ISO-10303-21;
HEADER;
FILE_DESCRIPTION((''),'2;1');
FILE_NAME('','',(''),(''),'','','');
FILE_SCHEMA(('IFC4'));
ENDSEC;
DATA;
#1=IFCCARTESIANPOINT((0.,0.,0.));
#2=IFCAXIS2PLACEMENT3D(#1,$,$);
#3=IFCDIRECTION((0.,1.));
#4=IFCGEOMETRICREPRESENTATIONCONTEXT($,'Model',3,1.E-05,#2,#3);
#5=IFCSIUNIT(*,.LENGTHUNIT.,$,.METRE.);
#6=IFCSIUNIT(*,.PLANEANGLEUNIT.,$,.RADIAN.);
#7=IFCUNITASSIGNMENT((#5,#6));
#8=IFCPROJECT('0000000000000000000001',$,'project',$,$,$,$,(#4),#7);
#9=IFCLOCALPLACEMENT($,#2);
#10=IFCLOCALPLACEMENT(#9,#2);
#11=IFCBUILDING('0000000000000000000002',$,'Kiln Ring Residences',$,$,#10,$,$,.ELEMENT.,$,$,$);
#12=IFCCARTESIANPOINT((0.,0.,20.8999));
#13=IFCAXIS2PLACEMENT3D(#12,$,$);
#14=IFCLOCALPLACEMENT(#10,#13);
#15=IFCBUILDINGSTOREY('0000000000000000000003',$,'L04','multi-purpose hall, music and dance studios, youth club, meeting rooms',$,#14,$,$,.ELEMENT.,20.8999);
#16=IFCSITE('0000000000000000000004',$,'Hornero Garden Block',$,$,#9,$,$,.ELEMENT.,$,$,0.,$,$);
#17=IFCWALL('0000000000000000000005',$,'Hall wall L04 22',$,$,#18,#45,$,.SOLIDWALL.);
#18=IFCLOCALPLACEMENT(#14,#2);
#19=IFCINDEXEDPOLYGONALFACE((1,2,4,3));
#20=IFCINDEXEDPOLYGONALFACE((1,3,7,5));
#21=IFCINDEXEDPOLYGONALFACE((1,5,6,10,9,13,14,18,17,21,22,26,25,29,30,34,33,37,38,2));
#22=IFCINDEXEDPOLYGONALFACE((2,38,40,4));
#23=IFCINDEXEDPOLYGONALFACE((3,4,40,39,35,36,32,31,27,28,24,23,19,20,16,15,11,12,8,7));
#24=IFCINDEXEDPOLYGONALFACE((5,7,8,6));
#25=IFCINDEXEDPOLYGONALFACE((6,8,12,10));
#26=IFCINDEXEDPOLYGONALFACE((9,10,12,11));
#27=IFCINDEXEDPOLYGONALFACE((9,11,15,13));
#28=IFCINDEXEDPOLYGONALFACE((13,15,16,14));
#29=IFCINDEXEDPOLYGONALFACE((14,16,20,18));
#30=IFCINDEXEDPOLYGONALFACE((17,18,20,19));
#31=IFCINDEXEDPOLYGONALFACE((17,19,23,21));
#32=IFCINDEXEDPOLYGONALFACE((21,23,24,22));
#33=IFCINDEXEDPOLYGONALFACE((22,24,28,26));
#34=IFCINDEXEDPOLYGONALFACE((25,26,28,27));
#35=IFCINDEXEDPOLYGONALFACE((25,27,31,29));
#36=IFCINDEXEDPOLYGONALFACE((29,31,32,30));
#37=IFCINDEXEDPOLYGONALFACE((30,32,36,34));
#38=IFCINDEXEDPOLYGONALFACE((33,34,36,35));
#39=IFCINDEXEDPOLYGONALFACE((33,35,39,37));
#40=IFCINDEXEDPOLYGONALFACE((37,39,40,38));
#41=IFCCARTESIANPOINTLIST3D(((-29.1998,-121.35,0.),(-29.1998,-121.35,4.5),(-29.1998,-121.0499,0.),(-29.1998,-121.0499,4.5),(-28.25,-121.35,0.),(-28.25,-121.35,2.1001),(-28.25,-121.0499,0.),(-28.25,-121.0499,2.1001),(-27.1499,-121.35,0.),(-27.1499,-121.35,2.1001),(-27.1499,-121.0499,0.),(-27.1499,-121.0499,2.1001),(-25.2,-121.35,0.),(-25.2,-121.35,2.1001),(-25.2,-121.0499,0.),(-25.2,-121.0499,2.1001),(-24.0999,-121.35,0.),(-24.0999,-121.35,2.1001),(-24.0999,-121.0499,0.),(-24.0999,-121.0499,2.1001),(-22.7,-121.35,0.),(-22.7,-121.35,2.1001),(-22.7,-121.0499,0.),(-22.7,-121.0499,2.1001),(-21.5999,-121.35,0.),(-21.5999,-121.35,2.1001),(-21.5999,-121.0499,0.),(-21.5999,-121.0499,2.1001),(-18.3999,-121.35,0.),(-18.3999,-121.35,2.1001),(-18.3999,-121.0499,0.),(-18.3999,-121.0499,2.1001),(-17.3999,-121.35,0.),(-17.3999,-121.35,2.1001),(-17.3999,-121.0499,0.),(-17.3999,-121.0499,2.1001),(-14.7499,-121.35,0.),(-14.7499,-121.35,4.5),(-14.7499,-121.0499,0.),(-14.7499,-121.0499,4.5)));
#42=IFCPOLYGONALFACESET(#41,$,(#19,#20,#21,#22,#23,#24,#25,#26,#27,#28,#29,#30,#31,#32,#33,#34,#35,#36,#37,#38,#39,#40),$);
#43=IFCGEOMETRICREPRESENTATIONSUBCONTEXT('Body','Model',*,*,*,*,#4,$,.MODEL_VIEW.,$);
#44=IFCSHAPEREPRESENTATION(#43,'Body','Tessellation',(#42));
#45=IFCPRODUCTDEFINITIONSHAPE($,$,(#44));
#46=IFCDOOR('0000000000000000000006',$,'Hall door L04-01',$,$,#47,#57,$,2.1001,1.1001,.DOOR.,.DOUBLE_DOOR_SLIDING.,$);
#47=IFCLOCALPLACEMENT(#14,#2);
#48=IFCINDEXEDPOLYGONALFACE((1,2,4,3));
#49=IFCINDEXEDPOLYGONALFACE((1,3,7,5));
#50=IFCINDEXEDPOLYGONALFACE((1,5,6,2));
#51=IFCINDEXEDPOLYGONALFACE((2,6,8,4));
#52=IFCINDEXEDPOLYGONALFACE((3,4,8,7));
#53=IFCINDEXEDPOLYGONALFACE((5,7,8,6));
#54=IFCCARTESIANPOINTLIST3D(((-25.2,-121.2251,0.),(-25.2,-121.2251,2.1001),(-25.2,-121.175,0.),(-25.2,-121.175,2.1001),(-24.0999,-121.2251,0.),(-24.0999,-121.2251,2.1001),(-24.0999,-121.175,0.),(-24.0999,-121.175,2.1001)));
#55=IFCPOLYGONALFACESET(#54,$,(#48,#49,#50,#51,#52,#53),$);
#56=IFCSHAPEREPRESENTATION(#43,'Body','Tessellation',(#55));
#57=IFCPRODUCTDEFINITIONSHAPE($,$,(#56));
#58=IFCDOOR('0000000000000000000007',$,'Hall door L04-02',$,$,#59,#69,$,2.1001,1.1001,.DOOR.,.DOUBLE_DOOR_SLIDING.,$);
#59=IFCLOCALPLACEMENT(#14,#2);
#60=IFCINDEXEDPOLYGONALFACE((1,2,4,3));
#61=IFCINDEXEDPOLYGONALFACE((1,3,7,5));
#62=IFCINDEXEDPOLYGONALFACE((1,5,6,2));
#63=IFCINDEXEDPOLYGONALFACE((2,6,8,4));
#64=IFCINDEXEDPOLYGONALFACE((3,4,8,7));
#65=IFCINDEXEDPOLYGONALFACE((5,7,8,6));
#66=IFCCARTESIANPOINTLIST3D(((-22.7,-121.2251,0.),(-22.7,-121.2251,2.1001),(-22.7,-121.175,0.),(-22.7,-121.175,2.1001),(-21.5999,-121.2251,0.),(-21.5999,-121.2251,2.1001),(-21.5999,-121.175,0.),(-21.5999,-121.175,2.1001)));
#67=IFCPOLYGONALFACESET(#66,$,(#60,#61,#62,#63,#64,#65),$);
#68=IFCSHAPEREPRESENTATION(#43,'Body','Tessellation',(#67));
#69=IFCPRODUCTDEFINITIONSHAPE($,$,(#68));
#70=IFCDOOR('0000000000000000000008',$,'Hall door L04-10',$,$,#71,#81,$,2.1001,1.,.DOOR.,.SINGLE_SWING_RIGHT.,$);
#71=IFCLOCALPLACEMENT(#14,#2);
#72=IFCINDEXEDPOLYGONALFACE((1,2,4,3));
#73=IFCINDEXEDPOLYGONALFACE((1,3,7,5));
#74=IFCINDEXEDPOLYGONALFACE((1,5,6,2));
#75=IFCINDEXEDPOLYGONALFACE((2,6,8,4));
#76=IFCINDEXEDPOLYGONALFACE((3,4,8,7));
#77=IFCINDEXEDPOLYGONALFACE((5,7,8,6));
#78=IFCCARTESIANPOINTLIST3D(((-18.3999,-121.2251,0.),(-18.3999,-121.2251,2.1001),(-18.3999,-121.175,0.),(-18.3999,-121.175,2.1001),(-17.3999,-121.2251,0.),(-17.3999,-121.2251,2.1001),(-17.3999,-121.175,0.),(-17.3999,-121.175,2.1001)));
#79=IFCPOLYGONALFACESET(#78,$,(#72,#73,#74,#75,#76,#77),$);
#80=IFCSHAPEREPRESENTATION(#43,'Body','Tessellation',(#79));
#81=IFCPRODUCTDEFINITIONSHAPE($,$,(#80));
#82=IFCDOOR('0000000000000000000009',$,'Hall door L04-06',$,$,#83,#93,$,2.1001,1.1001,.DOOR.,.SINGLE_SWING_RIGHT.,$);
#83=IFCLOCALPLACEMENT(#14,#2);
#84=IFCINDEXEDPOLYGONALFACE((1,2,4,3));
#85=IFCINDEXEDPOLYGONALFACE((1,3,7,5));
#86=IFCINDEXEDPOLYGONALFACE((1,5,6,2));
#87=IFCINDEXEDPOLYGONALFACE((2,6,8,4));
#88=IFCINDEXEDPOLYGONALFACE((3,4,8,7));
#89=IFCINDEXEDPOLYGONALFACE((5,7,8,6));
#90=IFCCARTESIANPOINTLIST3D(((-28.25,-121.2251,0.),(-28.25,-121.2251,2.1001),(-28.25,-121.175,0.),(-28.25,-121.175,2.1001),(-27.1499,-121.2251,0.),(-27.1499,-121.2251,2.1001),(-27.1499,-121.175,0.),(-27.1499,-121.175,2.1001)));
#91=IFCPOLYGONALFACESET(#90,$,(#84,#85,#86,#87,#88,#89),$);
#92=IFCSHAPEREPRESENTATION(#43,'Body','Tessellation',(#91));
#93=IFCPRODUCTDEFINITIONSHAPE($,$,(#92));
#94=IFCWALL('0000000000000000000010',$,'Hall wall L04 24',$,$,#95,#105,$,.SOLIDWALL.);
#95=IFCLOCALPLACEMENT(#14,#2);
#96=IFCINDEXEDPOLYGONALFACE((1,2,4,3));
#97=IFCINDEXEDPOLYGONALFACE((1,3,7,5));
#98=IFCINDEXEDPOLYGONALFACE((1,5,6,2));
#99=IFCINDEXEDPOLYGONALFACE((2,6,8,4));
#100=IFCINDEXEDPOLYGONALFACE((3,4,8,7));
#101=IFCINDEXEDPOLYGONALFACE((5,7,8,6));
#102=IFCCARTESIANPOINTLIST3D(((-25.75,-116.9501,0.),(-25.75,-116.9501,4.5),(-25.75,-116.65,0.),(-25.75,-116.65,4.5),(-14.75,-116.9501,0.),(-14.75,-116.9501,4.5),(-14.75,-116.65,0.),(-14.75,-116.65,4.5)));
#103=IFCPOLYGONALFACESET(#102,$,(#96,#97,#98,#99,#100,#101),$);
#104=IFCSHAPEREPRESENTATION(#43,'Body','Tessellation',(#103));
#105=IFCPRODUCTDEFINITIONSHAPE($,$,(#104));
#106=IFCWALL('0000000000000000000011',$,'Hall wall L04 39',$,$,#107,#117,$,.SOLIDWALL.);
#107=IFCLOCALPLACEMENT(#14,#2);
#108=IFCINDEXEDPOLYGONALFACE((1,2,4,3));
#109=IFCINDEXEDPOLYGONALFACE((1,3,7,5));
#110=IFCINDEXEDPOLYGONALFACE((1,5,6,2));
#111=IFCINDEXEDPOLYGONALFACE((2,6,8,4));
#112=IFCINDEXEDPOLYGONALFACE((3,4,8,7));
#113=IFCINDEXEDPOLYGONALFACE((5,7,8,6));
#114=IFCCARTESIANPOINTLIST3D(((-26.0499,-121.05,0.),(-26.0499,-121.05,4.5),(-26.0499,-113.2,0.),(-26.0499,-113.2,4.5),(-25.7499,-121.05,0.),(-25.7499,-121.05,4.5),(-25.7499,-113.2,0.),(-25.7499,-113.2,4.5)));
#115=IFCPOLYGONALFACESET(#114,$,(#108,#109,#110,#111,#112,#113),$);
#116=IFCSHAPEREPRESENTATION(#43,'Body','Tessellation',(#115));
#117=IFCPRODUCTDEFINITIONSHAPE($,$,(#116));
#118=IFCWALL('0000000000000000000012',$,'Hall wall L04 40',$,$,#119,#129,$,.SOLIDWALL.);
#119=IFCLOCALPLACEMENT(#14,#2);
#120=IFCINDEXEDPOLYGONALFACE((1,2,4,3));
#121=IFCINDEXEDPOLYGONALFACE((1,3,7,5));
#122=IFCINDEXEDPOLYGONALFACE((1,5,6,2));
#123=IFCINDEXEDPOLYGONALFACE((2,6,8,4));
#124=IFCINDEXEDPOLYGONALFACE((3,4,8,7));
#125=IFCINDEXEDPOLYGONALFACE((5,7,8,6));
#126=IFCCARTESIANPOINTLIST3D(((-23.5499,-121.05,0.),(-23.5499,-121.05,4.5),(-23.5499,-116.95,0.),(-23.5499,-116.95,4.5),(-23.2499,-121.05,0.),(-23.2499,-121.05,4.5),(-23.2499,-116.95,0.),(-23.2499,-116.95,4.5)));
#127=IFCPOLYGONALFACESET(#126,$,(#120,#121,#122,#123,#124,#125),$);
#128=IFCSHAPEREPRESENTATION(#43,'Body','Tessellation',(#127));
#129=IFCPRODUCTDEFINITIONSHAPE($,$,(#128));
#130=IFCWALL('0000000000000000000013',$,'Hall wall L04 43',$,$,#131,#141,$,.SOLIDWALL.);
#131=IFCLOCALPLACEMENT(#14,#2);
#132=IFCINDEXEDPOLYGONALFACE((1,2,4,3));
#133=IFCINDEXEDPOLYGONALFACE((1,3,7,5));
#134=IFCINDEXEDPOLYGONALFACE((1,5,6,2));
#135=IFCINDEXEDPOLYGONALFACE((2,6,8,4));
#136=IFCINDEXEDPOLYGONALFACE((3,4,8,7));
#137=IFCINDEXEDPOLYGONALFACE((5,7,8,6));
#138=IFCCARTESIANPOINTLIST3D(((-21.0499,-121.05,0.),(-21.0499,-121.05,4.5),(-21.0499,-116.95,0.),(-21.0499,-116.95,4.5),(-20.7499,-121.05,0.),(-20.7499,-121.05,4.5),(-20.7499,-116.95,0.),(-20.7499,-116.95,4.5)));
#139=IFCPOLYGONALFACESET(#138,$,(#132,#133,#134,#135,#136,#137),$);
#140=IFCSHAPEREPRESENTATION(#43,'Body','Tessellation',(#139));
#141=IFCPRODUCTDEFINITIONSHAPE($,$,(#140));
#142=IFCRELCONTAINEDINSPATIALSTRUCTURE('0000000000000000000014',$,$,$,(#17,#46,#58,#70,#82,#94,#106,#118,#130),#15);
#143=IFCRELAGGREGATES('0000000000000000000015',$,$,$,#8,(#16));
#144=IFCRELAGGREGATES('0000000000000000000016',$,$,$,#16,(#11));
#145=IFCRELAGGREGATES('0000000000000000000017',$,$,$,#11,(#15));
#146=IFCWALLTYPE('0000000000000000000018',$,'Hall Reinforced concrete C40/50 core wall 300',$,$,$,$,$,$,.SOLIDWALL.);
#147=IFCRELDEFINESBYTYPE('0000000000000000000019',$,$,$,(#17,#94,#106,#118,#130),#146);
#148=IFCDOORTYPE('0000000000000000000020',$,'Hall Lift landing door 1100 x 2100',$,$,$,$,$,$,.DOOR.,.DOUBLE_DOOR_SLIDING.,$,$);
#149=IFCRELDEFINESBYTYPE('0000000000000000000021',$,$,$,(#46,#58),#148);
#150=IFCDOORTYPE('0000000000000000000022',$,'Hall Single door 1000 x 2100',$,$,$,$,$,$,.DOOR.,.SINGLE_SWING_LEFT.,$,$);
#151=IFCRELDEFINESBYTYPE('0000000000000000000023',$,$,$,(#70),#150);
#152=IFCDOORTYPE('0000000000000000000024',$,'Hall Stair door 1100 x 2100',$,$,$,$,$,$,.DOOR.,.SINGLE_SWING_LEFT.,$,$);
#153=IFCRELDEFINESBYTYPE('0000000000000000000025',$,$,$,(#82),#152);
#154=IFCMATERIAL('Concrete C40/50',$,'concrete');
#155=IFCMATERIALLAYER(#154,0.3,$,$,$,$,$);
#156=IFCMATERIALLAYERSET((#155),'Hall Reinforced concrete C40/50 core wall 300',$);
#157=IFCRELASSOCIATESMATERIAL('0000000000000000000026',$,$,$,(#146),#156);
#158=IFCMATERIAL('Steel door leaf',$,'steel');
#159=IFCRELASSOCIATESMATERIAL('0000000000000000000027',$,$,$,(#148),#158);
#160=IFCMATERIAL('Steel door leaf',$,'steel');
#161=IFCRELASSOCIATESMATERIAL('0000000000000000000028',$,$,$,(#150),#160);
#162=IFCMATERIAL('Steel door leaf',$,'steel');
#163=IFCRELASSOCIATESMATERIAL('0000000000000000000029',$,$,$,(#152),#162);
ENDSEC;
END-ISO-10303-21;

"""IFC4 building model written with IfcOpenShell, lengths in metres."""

from ifc_helpers import new_model, si_unit, direction, frame, frame_2d, origin, place, context, subcontext, project, spatial, rectangle, extrude, material, layer, layer_set, type_object, element, fill, save


model = new_model("IFC4")

# Units and contexts
model_context = context("Model", 3, precision=1e-05, world=origin(), true_north=direction((0.0, 1.0)))
body_context = subcontext(model_context, "Body", "Model", "MODEL_VIEW")
ifc_project = project(units=[si_unit("LENGTHUNIT", "METRE"), si_unit("PLANEANGLEUNIT", "RADIAN")], contexts=[model_context])

# Site, building, storey
site_placement = place(None, origin())
site = spatial("IfcSite", under=ifc_project, at=site_placement, Name="Hornero Garden Block", CompositionType="ELEMENT", RefElevation=0.0)
building_placement = place(site_placement, origin())
building = spatial("IfcBuilding", under=site, at=building_placement, Name="Kiln Ring Residences", CompositionType="ELEMENT")
storey_placement = place(building_placement, frame((0.0, 0.0, 20.8999)))
storey = spatial("IfcBuildingStorey", under=building, at=storey_placement, Name="L04", Description="multi-purpose hall, music and dance studios, youth club, meeting rooms", CompositionType="ELEMENT", Elevation=20.8999)

# Wall, openings, doors
ifc_material_1 = material(Name="Concrete C40/50", Category="concrete")
ifc_layer_1 = layer(ifc_material_1, 0.3)
ifc_layer_set_1 = layer_set([ifc_layer_1], Name="Hall Reinforced concrete C40/50 core wall 300")
wall_type_1 = type_object("IfcWallType", Name="Hall Reinforced concrete C40/50 core wall 300", PredefinedType="SOLIDWALL", material=ifc_layer_set_1)
wall_1_placement = place(storey_placement, frame((-29.2, -121.2, 0.0), z_axis=(0.0, 0.0, 1.0), x_axis=(1.0, 0.0, 0.0)))
wall_1 = element("IfcWall", 1, at=wall_1_placement, inside=storey, type_object=wall_type_1, Name="Hall wall L04 22", PredefinedType="SOLIDWALL", context=body_context, shape_type="SweptSolid", body=[
    extrude(rectangle(XDim=14.45, YDim=0.3, at=frame_2d((7.2251, 0.0))), origin(), (0.0, 0.0, 1.0), 4.5),
])
opening_1_placement = place(wall_1_placement, frame((4.0, 0.0, 0.0)))
opening_1 = element("IfcOpeningElement", 2, at=opening_1_placement, cuts=wall_1, PredefinedType="OPENING", context=body_context, shape_type="SweptSolid", body=[
    extrude(rectangle(XDim=1.1001, YDim=2.1001, at=frame_2d((0.55, 1.05))), frame((0.0, 0.1599, 0.0), z_axis=(0.0, -1.0, 0.0), x_axis=(1.0, 0.0, 0.0)), (0.0, 0.0, 1.0), 0.3201),
])
opening_2_placement = place(wall_1_placement, frame((6.5, 0.0, 0.0)))
opening_2 = element("IfcOpeningElement", 3, at=opening_2_placement, cuts=wall_1, PredefinedType="OPENING", context=body_context, shape_type="SweptSolid", body=[
    extrude(rectangle(XDim=1.1001, YDim=2.1001, at=frame_2d((0.55, 1.05))), frame((0.0, 0.1599, 0.0), z_axis=(0.0, -1.0, 0.0), x_axis=(1.0, 0.0, 0.0)), (0.0, 0.0, 1.0), 0.3201),
])
opening_3_placement = place(wall_1_placement, frame((0.95, 0.0, 0.0)))
opening_3 = element("IfcOpeningElement", 4, at=opening_3_placement, cuts=wall_1, PredefinedType="OPENING", context=body_context, shape_type="SweptSolid", body=[
    extrude(rectangle(XDim=1.1001, YDim=2.1001, at=frame_2d((0.55, 1.05))), frame((0.0, 0.1599, 0.0), z_axis=(0.0, -1.0, 0.0), x_axis=(1.0, 0.0, 0.0)), (0.0, 0.0, 1.0), 0.3201),
])
opening_4_placement = place(wall_1_placement, frame((10.8, 0.0, 0.0)))
opening_4 = element("IfcOpeningElement", 5, at=opening_4_placement, cuts=wall_1, PredefinedType="OPENING", context=body_context, shape_type="SweptSolid", body=[
    extrude(rectangle(XDim=1.0, YDim=2.1001, at=frame_2d((0.5, 1.05))), frame((0.0, 0.1599, 0.0), z_axis=(0.0, -1.0, 0.0), x_axis=(1.0, 0.0, 0.0)), (0.0, 0.0, 1.0), 0.3201),
])
ifc_material_2 = material(Name="Steel door leaf", Category="steel")
door_type_1 = type_object("IfcDoorType", Name="Hall Lift landing door 1100 x 2100", OperationType="DOUBLE_DOOR_SLIDING", PredefinedType="DOOR", material=ifc_material_2)
door_1_placement = place(opening_1_placement, origin())
door_1 = element("IfcDoor", 6, at=door_1_placement, inside=storey, type_object=door_type_1, Name="Hall door L04-01", OperationType="DOUBLE_DOOR_SLIDING", OverallHeight=2.1001, OverallWidth=1.1001, PredefinedType="DOOR", context=body_context, shape_type="SweptSolid", body=[
    extrude(rectangle(XDim=1.1001, YDim=2.1001, at=frame_2d((0.55, 1.05))), frame((0.0, 0.0249, 0.0), z_axis=(0.0, -1.0, 0.0), x_axis=(1.0, 0.0, 0.0)), (0.0, 0.0, 1.0), 0.05),
])
fill(opening_1, door_1)
door_2_placement = place(opening_2_placement, origin())
door_2 = element("IfcDoor", 7, at=door_2_placement, inside=storey, type_object=door_type_1, Name="Hall door L04-02", OperationType="DOUBLE_DOOR_SLIDING", OverallHeight=2.1001, OverallWidth=1.1001, PredefinedType="DOOR", context=body_context, shape_type="SweptSolid", body=[
    extrude(rectangle(XDim=1.1001, YDim=2.1001, at=frame_2d((0.55, 1.05))), frame((0.0, 0.0249, 0.0), z_axis=(0.0, -1.0, 0.0), x_axis=(1.0, 0.0, 0.0)), (0.0, 0.0, 1.0), 0.05),
])
fill(opening_2, door_2)
ifc_material_3 = material(Name="Steel door leaf", Category="steel")
door_type_2 = type_object("IfcDoorType", Name="Hall Single door 1000 x 2100", OperationType="SINGLE_SWING_LEFT", PredefinedType="DOOR", material=ifc_material_3)
door_3_placement = place(opening_4_placement, origin())
door_3 = element("IfcDoor", 8, at=door_3_placement, inside=storey, type_object=door_type_2, Name="Hall door L04-10", OperationType="SINGLE_SWING_RIGHT", OverallHeight=2.1001, OverallWidth=1.0, PredefinedType="DOOR", context=body_context, shape_type="SweptSolid", body=[
    extrude(rectangle(XDim=1.0, YDim=2.1001, at=frame_2d((0.5, 1.05))), frame((0.0, 0.0249, 0.0), z_axis=(0.0, -1.0, 0.0), x_axis=(1.0, 0.0, 0.0)), (0.0, 0.0, 1.0), 0.05),
])
fill(opening_4, door_3)
ifc_material_4 = material(Name="Steel door leaf", Category="steel")
door_type_3 = type_object("IfcDoorType", Name="Hall Stair door 1100 x 2100", OperationType="SINGLE_SWING_LEFT", PredefinedType="DOOR", material=ifc_material_4)
door_4_placement = place(opening_3_placement, origin())
door_4 = element("IfcDoor", 9, at=door_4_placement, inside=storey, type_object=door_type_3, Name="Hall door L04-06", OperationType="SINGLE_SWING_RIGHT", OverallHeight=2.1001, OverallWidth=1.1001, PredefinedType="DOOR", context=body_context, shape_type="SweptSolid", body=[
    extrude(rectangle(XDim=1.1001, YDim=2.1001, at=frame_2d((0.55, 1.05))), frame((0.0, 0.0249, 0.0), z_axis=(0.0, -1.0, 0.0), x_axis=(1.0, 0.0, 0.0)), (0.0, 0.0, 1.0), 0.05),
])
fill(opening_3, door_4)

# Walls
wall_2_placement = place(storey_placement, frame((-25.75, -116.8, 0.0), z_axis=(0.0, 0.0, 1.0), x_axis=(1.0, 0.0, 0.0)))
element("IfcWall", 10, at=wall_2_placement, inside=storey, type_object=wall_type_1, Name="Hall wall L04 24", PredefinedType="SOLIDWALL", context=body_context, shape_type="SweptSolid", body=[
    extrude(rectangle(XDim=11.0, YDim=0.3, at=frame_2d((5.5, 0.0))), origin(), (0.0, 0.0, 1.0), 4.5),
])
wall_3_placement = place(storey_placement, frame((-25.8999, -121.05, 0.0), z_axis=(0.0, 0.0, 1.0), x_axis=(0.0, 1.0, 0.0)))
element("IfcWall", 11, at=wall_3_placement, inside=storey, type_object=wall_type_1, Name="Hall wall L04 39", PredefinedType="SOLIDWALL", context=body_context, shape_type="SweptSolid", body=[
    extrude(rectangle(XDim=7.8501, YDim=0.3, at=frame_2d((3.925, 0.0))), origin(), (0.0, 0.0, 1.0), 4.5),
])
for number, where, z_axis, x_axis, name in (
    (12, (-23.3999, -121.05, 0.0), (0.0, 0.0, 1.0), (0.0, 1.0, 0.0), "Hall wall L04 40"),
    (13, (-20.8999, -121.05, 0.0), (0.0, 0.0, 1.0), (0.0, 1.0, 0.0), "Hall wall L04 43"),
):
    element("IfcWall", number, at=place(storey_placement, frame(where, z_axis=z_axis, x_axis=x_axis)), inside=storey, type_object=wall_type_1, Name=name, PredefinedType="SOLIDWALL", context=body_context, shape_type="SweptSolid", body=[
        extrude(rectangle(XDim=4.1001, YDim=0.3, at=frame_2d((2.05, 0.0))), origin(), (0.0, 0.0, 1.0), 4.5),
    ])

save(model, "model.ifc")
